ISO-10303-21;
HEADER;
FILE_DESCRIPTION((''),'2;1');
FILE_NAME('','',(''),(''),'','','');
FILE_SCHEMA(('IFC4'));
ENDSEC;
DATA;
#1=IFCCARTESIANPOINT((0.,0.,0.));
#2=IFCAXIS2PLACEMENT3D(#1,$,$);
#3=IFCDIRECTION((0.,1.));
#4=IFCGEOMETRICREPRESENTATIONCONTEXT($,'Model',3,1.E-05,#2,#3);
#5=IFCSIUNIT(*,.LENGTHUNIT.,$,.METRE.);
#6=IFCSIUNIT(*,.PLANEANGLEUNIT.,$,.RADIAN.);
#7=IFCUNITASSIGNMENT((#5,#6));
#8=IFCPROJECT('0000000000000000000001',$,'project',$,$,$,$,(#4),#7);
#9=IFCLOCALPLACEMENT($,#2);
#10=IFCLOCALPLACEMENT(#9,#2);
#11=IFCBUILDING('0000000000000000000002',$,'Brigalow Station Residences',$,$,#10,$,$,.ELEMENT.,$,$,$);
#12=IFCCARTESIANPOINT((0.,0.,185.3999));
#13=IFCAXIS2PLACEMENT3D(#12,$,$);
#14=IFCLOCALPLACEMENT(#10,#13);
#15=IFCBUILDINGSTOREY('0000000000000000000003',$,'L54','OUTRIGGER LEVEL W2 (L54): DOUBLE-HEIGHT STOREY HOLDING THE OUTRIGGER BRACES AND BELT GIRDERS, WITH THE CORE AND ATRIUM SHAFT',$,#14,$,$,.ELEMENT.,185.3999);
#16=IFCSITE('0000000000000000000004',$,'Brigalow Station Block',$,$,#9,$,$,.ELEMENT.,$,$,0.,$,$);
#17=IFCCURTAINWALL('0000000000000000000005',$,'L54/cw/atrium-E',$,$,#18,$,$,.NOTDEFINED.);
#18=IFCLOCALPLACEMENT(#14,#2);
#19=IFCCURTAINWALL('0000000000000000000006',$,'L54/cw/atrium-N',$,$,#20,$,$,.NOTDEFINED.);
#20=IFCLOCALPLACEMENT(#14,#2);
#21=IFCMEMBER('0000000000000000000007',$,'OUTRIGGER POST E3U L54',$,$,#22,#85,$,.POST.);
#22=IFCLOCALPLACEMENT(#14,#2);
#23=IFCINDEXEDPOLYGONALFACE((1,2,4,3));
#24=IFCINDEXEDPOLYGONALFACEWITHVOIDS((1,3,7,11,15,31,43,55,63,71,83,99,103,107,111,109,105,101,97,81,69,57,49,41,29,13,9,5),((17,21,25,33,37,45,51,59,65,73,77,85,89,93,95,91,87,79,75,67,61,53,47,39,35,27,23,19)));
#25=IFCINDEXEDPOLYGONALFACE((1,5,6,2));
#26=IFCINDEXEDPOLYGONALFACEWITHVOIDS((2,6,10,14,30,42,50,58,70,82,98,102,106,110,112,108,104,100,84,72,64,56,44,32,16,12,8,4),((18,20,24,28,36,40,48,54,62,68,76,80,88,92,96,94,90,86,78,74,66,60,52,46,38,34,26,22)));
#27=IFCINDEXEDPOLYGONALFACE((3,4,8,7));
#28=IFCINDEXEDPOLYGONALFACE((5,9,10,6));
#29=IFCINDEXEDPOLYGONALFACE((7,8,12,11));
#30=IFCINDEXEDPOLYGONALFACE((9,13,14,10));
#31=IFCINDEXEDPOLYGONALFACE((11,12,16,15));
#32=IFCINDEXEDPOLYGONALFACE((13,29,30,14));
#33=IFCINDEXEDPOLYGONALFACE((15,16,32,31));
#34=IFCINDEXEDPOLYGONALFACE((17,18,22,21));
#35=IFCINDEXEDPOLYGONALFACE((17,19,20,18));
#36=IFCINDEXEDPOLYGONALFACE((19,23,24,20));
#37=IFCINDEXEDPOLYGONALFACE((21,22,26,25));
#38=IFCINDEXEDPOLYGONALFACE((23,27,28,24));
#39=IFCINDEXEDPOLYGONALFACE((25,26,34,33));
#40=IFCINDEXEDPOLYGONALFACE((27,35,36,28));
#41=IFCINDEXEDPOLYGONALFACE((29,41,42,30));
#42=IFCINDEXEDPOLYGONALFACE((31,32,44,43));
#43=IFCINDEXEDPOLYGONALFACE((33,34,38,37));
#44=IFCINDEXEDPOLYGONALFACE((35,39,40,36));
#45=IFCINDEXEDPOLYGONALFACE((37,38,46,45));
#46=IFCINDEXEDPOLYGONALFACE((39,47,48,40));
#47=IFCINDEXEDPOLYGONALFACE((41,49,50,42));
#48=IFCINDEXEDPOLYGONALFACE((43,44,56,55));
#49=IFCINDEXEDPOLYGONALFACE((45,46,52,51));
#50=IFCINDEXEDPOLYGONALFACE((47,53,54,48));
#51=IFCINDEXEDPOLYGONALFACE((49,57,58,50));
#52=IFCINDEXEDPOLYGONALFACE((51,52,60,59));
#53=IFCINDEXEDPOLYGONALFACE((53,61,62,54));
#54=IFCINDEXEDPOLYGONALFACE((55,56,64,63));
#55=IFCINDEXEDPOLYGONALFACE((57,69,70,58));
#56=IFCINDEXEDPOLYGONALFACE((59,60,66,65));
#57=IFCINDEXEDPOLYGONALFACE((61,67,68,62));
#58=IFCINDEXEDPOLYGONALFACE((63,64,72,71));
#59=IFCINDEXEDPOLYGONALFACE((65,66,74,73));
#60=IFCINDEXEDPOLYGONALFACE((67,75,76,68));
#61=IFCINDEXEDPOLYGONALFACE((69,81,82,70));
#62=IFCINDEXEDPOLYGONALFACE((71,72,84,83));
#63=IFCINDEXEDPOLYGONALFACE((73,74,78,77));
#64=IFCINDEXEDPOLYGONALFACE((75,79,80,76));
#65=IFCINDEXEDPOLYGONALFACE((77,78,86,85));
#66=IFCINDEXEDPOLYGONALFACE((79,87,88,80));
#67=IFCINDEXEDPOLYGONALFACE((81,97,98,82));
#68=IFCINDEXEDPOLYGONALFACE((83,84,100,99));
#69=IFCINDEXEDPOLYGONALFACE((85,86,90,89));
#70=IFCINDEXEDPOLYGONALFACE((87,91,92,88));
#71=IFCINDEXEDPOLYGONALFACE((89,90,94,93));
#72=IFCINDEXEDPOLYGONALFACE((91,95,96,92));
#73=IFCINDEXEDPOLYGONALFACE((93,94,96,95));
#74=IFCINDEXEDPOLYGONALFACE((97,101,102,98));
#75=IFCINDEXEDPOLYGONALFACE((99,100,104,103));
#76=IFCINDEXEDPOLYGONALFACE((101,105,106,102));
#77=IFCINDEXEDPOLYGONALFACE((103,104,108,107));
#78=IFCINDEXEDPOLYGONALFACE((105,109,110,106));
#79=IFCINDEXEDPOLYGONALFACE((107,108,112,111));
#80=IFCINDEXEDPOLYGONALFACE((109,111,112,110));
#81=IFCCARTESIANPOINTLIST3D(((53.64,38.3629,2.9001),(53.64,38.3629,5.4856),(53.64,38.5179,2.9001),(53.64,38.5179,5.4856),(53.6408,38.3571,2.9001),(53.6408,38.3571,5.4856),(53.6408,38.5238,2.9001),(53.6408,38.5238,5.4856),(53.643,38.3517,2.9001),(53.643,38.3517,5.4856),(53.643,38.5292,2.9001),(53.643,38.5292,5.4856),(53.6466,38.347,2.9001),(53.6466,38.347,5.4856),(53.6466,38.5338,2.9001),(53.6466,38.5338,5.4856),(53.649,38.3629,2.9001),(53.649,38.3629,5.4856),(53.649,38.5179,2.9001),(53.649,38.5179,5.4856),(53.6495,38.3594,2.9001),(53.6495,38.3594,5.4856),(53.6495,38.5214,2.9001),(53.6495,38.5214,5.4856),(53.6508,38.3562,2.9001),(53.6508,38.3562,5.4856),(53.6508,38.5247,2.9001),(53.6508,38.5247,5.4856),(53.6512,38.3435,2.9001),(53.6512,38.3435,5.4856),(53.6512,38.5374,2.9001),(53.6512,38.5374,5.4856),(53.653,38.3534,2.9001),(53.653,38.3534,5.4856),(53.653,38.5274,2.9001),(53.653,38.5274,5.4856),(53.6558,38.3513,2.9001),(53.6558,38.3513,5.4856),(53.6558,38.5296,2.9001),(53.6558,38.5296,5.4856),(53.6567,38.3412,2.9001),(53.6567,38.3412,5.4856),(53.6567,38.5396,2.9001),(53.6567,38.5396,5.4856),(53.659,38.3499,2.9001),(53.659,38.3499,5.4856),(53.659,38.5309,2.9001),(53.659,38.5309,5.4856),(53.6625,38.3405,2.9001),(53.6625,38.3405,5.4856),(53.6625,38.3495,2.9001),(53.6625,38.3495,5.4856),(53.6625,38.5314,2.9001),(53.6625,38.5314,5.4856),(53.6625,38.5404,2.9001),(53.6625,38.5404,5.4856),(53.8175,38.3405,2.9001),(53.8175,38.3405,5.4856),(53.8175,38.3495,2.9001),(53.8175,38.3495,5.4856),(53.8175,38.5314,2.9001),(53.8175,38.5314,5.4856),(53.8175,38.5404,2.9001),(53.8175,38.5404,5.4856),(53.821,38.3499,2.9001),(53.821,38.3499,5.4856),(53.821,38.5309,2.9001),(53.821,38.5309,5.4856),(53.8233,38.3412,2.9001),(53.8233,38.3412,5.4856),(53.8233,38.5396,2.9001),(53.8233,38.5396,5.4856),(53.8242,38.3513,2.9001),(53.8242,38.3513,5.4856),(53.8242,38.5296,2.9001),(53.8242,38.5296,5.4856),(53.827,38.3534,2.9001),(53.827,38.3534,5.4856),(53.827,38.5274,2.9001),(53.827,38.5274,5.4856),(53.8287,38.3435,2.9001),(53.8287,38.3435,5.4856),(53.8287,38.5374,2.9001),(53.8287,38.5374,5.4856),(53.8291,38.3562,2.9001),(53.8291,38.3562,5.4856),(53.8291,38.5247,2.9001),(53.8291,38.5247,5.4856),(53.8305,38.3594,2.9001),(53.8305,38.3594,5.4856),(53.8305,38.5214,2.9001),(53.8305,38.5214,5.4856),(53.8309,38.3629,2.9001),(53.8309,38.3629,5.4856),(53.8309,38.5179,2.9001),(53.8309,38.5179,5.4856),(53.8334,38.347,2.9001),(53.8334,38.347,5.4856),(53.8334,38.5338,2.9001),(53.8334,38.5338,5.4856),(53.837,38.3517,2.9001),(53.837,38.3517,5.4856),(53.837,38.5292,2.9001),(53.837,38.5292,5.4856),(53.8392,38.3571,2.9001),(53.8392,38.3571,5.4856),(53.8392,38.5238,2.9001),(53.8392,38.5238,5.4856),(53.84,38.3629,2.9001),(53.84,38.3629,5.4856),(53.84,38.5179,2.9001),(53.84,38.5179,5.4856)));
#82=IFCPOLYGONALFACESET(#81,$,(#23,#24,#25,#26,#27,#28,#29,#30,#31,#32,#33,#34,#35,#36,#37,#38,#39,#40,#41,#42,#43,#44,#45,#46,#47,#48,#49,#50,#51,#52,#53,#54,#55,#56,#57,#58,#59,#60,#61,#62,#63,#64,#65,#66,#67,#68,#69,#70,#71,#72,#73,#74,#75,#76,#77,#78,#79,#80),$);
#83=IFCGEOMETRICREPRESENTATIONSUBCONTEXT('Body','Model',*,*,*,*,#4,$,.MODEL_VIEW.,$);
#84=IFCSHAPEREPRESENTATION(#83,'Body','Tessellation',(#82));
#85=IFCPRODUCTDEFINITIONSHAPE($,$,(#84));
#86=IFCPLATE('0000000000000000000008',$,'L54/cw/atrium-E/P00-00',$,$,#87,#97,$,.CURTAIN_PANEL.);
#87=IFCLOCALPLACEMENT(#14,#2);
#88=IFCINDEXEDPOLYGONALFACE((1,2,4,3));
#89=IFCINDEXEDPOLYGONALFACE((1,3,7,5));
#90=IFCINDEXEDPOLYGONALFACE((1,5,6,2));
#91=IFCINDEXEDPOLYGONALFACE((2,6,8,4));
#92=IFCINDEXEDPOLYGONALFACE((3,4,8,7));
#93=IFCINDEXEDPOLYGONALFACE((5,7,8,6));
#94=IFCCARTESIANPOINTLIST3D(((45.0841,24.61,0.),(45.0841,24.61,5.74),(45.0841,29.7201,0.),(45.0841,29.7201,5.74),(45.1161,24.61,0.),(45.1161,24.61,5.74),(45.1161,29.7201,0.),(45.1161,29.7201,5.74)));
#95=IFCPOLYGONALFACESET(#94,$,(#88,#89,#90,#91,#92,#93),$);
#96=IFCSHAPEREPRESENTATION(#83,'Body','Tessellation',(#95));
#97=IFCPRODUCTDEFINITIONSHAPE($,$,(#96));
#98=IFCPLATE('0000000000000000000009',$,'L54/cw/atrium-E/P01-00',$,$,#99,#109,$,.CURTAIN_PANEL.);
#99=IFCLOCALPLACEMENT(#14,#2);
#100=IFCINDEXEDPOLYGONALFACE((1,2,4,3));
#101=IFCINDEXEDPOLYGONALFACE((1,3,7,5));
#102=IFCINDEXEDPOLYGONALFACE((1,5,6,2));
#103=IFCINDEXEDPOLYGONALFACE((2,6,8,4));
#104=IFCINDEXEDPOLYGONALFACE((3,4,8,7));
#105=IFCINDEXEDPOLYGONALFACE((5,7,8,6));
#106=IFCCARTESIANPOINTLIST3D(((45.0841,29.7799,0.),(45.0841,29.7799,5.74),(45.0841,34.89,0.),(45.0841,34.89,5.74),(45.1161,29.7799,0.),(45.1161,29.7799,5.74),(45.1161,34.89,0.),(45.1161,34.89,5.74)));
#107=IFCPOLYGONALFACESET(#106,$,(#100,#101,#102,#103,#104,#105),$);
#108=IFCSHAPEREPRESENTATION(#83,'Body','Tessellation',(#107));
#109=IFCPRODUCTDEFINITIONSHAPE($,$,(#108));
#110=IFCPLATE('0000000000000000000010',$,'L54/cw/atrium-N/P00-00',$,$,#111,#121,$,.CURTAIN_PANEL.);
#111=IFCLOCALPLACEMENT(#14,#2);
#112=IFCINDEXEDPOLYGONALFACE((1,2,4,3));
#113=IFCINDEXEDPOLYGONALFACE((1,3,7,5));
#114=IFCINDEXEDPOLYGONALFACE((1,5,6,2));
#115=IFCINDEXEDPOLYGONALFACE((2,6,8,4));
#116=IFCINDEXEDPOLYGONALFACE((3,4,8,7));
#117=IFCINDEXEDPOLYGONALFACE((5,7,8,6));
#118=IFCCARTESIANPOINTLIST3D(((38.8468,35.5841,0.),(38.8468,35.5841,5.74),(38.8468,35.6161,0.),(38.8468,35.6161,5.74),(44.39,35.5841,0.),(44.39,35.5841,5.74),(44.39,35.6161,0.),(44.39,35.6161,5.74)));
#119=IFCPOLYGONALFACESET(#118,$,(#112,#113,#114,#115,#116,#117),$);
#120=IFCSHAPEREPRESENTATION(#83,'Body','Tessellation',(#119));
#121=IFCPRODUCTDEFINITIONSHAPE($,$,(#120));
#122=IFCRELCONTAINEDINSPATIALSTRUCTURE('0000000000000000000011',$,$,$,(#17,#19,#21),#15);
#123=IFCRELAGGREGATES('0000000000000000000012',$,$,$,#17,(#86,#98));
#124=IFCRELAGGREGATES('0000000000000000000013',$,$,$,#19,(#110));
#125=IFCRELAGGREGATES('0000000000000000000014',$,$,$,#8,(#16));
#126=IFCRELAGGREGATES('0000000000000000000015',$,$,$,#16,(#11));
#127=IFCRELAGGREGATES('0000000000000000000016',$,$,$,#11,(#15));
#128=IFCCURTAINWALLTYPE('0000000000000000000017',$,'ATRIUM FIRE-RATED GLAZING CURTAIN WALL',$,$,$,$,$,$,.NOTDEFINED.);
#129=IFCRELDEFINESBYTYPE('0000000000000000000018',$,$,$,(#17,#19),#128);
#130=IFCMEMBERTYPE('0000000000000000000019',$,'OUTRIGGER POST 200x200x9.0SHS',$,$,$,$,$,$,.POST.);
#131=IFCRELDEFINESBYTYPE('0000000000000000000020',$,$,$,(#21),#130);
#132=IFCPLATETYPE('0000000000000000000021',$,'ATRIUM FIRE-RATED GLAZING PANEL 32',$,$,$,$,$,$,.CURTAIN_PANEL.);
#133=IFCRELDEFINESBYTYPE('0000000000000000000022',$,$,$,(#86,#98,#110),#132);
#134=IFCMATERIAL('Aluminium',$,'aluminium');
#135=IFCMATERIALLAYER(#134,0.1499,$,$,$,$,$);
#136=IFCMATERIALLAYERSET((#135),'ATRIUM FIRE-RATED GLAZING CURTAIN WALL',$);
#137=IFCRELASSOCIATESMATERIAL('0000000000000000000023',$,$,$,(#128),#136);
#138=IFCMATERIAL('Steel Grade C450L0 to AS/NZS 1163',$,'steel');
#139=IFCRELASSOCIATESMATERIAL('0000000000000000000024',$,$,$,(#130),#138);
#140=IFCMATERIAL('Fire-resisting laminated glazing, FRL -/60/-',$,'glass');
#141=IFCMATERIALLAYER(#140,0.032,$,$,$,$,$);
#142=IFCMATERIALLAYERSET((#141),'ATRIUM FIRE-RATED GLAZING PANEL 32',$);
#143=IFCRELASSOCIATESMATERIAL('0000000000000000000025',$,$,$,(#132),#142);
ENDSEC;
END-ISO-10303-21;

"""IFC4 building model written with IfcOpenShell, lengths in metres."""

from ifc_helpers import new_model, si_unit, direction, frame, origin, origin_2d, place, context, subcontext, project, spatial, rectangle, hollow_rectangle, extrude, material, layer, layer_set, material_profile, profile_set, type_object, element, aggregate, save


model = new_model("IFC4")

# Units and contexts
model_context = context("Model", 3, precision=1e-05, world=origin(), true_north=direction((0.0, 1.0)))
body_context = subcontext(model_context, "Body", "Model", "MODEL_VIEW")
ifc_project = project(units=[si_unit("LENGTHUNIT", "METRE"), si_unit("PLANEANGLEUNIT", "RADIAN")], contexts=[model_context])

# Site, building, storey
site_placement = place(None, origin())
site = spatial("IfcSite", under=ifc_project, at=site_placement, Name="Brigalow Station Block", CompositionType="ELEMENT", RefElevation=0.0)
building_placement = place(site_placement, origin())
building = spatial("IfcBuilding", under=site, at=building_placement, Name="Brigalow Station Residences", CompositionType="ELEMENT")
storey_placement = place(building_placement, frame((0.0, 0.0, 185.3999)))
storey = spatial("IfcBuildingStorey", under=building, at=storey_placement, Name="L54", Description="OUTRIGGER LEVEL W2 (L54): DOUBLE-HEIGHT STOREY HOLDING THE OUTRIGGER BRACES AND BELT GIRDERS, WITH THE CORE AND ATRIUM SHAFT", CompositionType="ELEMENT", Elevation=185.3999)

# Curtain walls
ifc_material_1 = material(Name="Aluminium", Category="aluminium")
ifc_layer_1 = layer(ifc_material_1, 0.1499)
ifc_layer_set_1 = layer_set([ifc_layer_1], Name="ATRIUM FIRE-RATED GLAZING CURTAIN WALL")
curtain_wall_type = type_object("IfcCurtainWallType", Name="ATRIUM FIRE-RATED GLAZING CURTAIN WALL", PredefinedType="NOTDEFINED", material=ifc_layer_set_1)
curtain_wall_1_placement = place(storey_placement, origin())
curtain_wall_1 = element("IfcCurtainWall", 1, at=curtain_wall_1_placement, inside=storey, type_object=curtain_wall_type, Name="L54/cw/atrium-E", PredefinedType="NOTDEFINED")
curtain_wall_2_placement = place(storey_placement, origin())
curtain_wall_2 = element("IfcCurtainWall", 2, at=curtain_wall_2_placement, inside=storey, type_object=curtain_wall_type, Name="L54/cw/atrium-N", PredefinedType="NOTDEFINED")

# Member
ifc_material_2 = material(Name="Steel Grade C450L0 to AS/NZS 1163", Category="steel")
ifc_material_profile_1 = material_profile(ifc_material_2, hollow_rectangle(XDim=0.2, YDim=0.2, WallThickness=0.009, InnerFilletRadius=0.0134, OuterFilletRadius=0.0225, at=origin_2d()), Name="200x200x9.0SHS")
ifc_profile_set_1 = profile_set([ifc_material_profile_1], Name="Steel Grade C450L0 to AS/NZS 1163")
member_type_1 = type_object("IfcMemberType", Name="OUTRIGGER POST 200x200x9.0SHS", PredefinedType="POST", material=ifc_profile_set_1)
for number, where, z_axis, x_axis, name in (
    (3, (53.74, 38.4404, 2.9001), (0.0, 0.0, 1.0), (1.0, 0.0, 0.0), "OUTRIGGER POST E3U L54"),
):
    element("IfcMember", number, at=place(storey_placement, frame(where, z_axis=z_axis, x_axis=x_axis)), inside=storey, type_object=member_type_1, Name=name, PredefinedType="POST", context=body_context, shape_type="SweptSolid", body=[
        extrude(hollow_rectangle(XDim=0.2, YDim=0.2, WallThickness=0.009, InnerFilletRadius=0.0134, OuterFilletRadius=0.0225, at=origin_2d()), origin(), (0.0, 0.0, 1.0), 2.5854),
    ])

# Plates
ifc_material_3 = material(Name="Fire-resisting laminated glazing, FRL -/60/-", Category="glass")
ifc_layer_2 = layer(ifc_material_3, 0.032)
ifc_layer_set_2 = layer_set([ifc_layer_2], Name="ATRIUM FIRE-RATED GLAZING PANEL 32")
plate_type = type_object("IfcPlateType", Name="ATRIUM FIRE-RATED GLAZING PANEL 32", PredefinedType="CURTAIN_PANEL", material=ifc_layer_set_2)
plate_1_placement = place(storey_placement, frame((45.1001, 27.165, 0.0), z_axis=(0.0, 0.0, 1.0), x_axis=(0.0, 1.0, 0.0)))
plate_1 = element("IfcPlate", 4, at=plate_1_placement, type_object=plate_type, Name="L54/cw/atrium-E/P00-00", PredefinedType="CURTAIN_PANEL", context=body_context, shape_type="SweptSolid", body=[
    extrude(rectangle(XDim=5.1101, YDim=0.032, at=origin_2d()), origin(), (0.0, 0.0, 1.0), 5.74),
])
plate_2_placement = place(storey_placement, frame((45.1001, 32.335, 0.0), z_axis=(0.0, 0.0, 1.0), x_axis=(0.0, 1.0, 0.0)))
plate_2 = element("IfcPlate", 5, at=plate_2_placement, type_object=plate_type, Name="L54/cw/atrium-E/P01-00", PredefinedType="CURTAIN_PANEL", context=body_context, shape_type="SweptSolid", body=[
    extrude(rectangle(XDim=5.1101, YDim=0.032, at=origin_2d()), origin(), (0.0, 0.0, 1.0), 5.74),
])
aggregate(curtain_wall_1, [plate_1, plate_2])
plate_3_placement = place(storey_placement, frame((41.6184, 35.6001, 0.0), z_axis=(0.0, 0.0, 1.0), x_axis=(-1.0, 0.0, 0.0)))
plate_3 = element("IfcPlate", 6, at=plate_3_placement, type_object=plate_type, Name="L54/cw/atrium-N/P00-00", PredefinedType="CURTAIN_PANEL", context=body_context, shape_type="SweptSolid", body=[
    extrude(rectangle(XDim=5.5432, YDim=0.032, at=origin_2d()), origin(), (0.0, 0.0, 1.0), 5.74),
])
aggregate(curtain_wall_2, [plate_3])

save(model, "model.ifc")
